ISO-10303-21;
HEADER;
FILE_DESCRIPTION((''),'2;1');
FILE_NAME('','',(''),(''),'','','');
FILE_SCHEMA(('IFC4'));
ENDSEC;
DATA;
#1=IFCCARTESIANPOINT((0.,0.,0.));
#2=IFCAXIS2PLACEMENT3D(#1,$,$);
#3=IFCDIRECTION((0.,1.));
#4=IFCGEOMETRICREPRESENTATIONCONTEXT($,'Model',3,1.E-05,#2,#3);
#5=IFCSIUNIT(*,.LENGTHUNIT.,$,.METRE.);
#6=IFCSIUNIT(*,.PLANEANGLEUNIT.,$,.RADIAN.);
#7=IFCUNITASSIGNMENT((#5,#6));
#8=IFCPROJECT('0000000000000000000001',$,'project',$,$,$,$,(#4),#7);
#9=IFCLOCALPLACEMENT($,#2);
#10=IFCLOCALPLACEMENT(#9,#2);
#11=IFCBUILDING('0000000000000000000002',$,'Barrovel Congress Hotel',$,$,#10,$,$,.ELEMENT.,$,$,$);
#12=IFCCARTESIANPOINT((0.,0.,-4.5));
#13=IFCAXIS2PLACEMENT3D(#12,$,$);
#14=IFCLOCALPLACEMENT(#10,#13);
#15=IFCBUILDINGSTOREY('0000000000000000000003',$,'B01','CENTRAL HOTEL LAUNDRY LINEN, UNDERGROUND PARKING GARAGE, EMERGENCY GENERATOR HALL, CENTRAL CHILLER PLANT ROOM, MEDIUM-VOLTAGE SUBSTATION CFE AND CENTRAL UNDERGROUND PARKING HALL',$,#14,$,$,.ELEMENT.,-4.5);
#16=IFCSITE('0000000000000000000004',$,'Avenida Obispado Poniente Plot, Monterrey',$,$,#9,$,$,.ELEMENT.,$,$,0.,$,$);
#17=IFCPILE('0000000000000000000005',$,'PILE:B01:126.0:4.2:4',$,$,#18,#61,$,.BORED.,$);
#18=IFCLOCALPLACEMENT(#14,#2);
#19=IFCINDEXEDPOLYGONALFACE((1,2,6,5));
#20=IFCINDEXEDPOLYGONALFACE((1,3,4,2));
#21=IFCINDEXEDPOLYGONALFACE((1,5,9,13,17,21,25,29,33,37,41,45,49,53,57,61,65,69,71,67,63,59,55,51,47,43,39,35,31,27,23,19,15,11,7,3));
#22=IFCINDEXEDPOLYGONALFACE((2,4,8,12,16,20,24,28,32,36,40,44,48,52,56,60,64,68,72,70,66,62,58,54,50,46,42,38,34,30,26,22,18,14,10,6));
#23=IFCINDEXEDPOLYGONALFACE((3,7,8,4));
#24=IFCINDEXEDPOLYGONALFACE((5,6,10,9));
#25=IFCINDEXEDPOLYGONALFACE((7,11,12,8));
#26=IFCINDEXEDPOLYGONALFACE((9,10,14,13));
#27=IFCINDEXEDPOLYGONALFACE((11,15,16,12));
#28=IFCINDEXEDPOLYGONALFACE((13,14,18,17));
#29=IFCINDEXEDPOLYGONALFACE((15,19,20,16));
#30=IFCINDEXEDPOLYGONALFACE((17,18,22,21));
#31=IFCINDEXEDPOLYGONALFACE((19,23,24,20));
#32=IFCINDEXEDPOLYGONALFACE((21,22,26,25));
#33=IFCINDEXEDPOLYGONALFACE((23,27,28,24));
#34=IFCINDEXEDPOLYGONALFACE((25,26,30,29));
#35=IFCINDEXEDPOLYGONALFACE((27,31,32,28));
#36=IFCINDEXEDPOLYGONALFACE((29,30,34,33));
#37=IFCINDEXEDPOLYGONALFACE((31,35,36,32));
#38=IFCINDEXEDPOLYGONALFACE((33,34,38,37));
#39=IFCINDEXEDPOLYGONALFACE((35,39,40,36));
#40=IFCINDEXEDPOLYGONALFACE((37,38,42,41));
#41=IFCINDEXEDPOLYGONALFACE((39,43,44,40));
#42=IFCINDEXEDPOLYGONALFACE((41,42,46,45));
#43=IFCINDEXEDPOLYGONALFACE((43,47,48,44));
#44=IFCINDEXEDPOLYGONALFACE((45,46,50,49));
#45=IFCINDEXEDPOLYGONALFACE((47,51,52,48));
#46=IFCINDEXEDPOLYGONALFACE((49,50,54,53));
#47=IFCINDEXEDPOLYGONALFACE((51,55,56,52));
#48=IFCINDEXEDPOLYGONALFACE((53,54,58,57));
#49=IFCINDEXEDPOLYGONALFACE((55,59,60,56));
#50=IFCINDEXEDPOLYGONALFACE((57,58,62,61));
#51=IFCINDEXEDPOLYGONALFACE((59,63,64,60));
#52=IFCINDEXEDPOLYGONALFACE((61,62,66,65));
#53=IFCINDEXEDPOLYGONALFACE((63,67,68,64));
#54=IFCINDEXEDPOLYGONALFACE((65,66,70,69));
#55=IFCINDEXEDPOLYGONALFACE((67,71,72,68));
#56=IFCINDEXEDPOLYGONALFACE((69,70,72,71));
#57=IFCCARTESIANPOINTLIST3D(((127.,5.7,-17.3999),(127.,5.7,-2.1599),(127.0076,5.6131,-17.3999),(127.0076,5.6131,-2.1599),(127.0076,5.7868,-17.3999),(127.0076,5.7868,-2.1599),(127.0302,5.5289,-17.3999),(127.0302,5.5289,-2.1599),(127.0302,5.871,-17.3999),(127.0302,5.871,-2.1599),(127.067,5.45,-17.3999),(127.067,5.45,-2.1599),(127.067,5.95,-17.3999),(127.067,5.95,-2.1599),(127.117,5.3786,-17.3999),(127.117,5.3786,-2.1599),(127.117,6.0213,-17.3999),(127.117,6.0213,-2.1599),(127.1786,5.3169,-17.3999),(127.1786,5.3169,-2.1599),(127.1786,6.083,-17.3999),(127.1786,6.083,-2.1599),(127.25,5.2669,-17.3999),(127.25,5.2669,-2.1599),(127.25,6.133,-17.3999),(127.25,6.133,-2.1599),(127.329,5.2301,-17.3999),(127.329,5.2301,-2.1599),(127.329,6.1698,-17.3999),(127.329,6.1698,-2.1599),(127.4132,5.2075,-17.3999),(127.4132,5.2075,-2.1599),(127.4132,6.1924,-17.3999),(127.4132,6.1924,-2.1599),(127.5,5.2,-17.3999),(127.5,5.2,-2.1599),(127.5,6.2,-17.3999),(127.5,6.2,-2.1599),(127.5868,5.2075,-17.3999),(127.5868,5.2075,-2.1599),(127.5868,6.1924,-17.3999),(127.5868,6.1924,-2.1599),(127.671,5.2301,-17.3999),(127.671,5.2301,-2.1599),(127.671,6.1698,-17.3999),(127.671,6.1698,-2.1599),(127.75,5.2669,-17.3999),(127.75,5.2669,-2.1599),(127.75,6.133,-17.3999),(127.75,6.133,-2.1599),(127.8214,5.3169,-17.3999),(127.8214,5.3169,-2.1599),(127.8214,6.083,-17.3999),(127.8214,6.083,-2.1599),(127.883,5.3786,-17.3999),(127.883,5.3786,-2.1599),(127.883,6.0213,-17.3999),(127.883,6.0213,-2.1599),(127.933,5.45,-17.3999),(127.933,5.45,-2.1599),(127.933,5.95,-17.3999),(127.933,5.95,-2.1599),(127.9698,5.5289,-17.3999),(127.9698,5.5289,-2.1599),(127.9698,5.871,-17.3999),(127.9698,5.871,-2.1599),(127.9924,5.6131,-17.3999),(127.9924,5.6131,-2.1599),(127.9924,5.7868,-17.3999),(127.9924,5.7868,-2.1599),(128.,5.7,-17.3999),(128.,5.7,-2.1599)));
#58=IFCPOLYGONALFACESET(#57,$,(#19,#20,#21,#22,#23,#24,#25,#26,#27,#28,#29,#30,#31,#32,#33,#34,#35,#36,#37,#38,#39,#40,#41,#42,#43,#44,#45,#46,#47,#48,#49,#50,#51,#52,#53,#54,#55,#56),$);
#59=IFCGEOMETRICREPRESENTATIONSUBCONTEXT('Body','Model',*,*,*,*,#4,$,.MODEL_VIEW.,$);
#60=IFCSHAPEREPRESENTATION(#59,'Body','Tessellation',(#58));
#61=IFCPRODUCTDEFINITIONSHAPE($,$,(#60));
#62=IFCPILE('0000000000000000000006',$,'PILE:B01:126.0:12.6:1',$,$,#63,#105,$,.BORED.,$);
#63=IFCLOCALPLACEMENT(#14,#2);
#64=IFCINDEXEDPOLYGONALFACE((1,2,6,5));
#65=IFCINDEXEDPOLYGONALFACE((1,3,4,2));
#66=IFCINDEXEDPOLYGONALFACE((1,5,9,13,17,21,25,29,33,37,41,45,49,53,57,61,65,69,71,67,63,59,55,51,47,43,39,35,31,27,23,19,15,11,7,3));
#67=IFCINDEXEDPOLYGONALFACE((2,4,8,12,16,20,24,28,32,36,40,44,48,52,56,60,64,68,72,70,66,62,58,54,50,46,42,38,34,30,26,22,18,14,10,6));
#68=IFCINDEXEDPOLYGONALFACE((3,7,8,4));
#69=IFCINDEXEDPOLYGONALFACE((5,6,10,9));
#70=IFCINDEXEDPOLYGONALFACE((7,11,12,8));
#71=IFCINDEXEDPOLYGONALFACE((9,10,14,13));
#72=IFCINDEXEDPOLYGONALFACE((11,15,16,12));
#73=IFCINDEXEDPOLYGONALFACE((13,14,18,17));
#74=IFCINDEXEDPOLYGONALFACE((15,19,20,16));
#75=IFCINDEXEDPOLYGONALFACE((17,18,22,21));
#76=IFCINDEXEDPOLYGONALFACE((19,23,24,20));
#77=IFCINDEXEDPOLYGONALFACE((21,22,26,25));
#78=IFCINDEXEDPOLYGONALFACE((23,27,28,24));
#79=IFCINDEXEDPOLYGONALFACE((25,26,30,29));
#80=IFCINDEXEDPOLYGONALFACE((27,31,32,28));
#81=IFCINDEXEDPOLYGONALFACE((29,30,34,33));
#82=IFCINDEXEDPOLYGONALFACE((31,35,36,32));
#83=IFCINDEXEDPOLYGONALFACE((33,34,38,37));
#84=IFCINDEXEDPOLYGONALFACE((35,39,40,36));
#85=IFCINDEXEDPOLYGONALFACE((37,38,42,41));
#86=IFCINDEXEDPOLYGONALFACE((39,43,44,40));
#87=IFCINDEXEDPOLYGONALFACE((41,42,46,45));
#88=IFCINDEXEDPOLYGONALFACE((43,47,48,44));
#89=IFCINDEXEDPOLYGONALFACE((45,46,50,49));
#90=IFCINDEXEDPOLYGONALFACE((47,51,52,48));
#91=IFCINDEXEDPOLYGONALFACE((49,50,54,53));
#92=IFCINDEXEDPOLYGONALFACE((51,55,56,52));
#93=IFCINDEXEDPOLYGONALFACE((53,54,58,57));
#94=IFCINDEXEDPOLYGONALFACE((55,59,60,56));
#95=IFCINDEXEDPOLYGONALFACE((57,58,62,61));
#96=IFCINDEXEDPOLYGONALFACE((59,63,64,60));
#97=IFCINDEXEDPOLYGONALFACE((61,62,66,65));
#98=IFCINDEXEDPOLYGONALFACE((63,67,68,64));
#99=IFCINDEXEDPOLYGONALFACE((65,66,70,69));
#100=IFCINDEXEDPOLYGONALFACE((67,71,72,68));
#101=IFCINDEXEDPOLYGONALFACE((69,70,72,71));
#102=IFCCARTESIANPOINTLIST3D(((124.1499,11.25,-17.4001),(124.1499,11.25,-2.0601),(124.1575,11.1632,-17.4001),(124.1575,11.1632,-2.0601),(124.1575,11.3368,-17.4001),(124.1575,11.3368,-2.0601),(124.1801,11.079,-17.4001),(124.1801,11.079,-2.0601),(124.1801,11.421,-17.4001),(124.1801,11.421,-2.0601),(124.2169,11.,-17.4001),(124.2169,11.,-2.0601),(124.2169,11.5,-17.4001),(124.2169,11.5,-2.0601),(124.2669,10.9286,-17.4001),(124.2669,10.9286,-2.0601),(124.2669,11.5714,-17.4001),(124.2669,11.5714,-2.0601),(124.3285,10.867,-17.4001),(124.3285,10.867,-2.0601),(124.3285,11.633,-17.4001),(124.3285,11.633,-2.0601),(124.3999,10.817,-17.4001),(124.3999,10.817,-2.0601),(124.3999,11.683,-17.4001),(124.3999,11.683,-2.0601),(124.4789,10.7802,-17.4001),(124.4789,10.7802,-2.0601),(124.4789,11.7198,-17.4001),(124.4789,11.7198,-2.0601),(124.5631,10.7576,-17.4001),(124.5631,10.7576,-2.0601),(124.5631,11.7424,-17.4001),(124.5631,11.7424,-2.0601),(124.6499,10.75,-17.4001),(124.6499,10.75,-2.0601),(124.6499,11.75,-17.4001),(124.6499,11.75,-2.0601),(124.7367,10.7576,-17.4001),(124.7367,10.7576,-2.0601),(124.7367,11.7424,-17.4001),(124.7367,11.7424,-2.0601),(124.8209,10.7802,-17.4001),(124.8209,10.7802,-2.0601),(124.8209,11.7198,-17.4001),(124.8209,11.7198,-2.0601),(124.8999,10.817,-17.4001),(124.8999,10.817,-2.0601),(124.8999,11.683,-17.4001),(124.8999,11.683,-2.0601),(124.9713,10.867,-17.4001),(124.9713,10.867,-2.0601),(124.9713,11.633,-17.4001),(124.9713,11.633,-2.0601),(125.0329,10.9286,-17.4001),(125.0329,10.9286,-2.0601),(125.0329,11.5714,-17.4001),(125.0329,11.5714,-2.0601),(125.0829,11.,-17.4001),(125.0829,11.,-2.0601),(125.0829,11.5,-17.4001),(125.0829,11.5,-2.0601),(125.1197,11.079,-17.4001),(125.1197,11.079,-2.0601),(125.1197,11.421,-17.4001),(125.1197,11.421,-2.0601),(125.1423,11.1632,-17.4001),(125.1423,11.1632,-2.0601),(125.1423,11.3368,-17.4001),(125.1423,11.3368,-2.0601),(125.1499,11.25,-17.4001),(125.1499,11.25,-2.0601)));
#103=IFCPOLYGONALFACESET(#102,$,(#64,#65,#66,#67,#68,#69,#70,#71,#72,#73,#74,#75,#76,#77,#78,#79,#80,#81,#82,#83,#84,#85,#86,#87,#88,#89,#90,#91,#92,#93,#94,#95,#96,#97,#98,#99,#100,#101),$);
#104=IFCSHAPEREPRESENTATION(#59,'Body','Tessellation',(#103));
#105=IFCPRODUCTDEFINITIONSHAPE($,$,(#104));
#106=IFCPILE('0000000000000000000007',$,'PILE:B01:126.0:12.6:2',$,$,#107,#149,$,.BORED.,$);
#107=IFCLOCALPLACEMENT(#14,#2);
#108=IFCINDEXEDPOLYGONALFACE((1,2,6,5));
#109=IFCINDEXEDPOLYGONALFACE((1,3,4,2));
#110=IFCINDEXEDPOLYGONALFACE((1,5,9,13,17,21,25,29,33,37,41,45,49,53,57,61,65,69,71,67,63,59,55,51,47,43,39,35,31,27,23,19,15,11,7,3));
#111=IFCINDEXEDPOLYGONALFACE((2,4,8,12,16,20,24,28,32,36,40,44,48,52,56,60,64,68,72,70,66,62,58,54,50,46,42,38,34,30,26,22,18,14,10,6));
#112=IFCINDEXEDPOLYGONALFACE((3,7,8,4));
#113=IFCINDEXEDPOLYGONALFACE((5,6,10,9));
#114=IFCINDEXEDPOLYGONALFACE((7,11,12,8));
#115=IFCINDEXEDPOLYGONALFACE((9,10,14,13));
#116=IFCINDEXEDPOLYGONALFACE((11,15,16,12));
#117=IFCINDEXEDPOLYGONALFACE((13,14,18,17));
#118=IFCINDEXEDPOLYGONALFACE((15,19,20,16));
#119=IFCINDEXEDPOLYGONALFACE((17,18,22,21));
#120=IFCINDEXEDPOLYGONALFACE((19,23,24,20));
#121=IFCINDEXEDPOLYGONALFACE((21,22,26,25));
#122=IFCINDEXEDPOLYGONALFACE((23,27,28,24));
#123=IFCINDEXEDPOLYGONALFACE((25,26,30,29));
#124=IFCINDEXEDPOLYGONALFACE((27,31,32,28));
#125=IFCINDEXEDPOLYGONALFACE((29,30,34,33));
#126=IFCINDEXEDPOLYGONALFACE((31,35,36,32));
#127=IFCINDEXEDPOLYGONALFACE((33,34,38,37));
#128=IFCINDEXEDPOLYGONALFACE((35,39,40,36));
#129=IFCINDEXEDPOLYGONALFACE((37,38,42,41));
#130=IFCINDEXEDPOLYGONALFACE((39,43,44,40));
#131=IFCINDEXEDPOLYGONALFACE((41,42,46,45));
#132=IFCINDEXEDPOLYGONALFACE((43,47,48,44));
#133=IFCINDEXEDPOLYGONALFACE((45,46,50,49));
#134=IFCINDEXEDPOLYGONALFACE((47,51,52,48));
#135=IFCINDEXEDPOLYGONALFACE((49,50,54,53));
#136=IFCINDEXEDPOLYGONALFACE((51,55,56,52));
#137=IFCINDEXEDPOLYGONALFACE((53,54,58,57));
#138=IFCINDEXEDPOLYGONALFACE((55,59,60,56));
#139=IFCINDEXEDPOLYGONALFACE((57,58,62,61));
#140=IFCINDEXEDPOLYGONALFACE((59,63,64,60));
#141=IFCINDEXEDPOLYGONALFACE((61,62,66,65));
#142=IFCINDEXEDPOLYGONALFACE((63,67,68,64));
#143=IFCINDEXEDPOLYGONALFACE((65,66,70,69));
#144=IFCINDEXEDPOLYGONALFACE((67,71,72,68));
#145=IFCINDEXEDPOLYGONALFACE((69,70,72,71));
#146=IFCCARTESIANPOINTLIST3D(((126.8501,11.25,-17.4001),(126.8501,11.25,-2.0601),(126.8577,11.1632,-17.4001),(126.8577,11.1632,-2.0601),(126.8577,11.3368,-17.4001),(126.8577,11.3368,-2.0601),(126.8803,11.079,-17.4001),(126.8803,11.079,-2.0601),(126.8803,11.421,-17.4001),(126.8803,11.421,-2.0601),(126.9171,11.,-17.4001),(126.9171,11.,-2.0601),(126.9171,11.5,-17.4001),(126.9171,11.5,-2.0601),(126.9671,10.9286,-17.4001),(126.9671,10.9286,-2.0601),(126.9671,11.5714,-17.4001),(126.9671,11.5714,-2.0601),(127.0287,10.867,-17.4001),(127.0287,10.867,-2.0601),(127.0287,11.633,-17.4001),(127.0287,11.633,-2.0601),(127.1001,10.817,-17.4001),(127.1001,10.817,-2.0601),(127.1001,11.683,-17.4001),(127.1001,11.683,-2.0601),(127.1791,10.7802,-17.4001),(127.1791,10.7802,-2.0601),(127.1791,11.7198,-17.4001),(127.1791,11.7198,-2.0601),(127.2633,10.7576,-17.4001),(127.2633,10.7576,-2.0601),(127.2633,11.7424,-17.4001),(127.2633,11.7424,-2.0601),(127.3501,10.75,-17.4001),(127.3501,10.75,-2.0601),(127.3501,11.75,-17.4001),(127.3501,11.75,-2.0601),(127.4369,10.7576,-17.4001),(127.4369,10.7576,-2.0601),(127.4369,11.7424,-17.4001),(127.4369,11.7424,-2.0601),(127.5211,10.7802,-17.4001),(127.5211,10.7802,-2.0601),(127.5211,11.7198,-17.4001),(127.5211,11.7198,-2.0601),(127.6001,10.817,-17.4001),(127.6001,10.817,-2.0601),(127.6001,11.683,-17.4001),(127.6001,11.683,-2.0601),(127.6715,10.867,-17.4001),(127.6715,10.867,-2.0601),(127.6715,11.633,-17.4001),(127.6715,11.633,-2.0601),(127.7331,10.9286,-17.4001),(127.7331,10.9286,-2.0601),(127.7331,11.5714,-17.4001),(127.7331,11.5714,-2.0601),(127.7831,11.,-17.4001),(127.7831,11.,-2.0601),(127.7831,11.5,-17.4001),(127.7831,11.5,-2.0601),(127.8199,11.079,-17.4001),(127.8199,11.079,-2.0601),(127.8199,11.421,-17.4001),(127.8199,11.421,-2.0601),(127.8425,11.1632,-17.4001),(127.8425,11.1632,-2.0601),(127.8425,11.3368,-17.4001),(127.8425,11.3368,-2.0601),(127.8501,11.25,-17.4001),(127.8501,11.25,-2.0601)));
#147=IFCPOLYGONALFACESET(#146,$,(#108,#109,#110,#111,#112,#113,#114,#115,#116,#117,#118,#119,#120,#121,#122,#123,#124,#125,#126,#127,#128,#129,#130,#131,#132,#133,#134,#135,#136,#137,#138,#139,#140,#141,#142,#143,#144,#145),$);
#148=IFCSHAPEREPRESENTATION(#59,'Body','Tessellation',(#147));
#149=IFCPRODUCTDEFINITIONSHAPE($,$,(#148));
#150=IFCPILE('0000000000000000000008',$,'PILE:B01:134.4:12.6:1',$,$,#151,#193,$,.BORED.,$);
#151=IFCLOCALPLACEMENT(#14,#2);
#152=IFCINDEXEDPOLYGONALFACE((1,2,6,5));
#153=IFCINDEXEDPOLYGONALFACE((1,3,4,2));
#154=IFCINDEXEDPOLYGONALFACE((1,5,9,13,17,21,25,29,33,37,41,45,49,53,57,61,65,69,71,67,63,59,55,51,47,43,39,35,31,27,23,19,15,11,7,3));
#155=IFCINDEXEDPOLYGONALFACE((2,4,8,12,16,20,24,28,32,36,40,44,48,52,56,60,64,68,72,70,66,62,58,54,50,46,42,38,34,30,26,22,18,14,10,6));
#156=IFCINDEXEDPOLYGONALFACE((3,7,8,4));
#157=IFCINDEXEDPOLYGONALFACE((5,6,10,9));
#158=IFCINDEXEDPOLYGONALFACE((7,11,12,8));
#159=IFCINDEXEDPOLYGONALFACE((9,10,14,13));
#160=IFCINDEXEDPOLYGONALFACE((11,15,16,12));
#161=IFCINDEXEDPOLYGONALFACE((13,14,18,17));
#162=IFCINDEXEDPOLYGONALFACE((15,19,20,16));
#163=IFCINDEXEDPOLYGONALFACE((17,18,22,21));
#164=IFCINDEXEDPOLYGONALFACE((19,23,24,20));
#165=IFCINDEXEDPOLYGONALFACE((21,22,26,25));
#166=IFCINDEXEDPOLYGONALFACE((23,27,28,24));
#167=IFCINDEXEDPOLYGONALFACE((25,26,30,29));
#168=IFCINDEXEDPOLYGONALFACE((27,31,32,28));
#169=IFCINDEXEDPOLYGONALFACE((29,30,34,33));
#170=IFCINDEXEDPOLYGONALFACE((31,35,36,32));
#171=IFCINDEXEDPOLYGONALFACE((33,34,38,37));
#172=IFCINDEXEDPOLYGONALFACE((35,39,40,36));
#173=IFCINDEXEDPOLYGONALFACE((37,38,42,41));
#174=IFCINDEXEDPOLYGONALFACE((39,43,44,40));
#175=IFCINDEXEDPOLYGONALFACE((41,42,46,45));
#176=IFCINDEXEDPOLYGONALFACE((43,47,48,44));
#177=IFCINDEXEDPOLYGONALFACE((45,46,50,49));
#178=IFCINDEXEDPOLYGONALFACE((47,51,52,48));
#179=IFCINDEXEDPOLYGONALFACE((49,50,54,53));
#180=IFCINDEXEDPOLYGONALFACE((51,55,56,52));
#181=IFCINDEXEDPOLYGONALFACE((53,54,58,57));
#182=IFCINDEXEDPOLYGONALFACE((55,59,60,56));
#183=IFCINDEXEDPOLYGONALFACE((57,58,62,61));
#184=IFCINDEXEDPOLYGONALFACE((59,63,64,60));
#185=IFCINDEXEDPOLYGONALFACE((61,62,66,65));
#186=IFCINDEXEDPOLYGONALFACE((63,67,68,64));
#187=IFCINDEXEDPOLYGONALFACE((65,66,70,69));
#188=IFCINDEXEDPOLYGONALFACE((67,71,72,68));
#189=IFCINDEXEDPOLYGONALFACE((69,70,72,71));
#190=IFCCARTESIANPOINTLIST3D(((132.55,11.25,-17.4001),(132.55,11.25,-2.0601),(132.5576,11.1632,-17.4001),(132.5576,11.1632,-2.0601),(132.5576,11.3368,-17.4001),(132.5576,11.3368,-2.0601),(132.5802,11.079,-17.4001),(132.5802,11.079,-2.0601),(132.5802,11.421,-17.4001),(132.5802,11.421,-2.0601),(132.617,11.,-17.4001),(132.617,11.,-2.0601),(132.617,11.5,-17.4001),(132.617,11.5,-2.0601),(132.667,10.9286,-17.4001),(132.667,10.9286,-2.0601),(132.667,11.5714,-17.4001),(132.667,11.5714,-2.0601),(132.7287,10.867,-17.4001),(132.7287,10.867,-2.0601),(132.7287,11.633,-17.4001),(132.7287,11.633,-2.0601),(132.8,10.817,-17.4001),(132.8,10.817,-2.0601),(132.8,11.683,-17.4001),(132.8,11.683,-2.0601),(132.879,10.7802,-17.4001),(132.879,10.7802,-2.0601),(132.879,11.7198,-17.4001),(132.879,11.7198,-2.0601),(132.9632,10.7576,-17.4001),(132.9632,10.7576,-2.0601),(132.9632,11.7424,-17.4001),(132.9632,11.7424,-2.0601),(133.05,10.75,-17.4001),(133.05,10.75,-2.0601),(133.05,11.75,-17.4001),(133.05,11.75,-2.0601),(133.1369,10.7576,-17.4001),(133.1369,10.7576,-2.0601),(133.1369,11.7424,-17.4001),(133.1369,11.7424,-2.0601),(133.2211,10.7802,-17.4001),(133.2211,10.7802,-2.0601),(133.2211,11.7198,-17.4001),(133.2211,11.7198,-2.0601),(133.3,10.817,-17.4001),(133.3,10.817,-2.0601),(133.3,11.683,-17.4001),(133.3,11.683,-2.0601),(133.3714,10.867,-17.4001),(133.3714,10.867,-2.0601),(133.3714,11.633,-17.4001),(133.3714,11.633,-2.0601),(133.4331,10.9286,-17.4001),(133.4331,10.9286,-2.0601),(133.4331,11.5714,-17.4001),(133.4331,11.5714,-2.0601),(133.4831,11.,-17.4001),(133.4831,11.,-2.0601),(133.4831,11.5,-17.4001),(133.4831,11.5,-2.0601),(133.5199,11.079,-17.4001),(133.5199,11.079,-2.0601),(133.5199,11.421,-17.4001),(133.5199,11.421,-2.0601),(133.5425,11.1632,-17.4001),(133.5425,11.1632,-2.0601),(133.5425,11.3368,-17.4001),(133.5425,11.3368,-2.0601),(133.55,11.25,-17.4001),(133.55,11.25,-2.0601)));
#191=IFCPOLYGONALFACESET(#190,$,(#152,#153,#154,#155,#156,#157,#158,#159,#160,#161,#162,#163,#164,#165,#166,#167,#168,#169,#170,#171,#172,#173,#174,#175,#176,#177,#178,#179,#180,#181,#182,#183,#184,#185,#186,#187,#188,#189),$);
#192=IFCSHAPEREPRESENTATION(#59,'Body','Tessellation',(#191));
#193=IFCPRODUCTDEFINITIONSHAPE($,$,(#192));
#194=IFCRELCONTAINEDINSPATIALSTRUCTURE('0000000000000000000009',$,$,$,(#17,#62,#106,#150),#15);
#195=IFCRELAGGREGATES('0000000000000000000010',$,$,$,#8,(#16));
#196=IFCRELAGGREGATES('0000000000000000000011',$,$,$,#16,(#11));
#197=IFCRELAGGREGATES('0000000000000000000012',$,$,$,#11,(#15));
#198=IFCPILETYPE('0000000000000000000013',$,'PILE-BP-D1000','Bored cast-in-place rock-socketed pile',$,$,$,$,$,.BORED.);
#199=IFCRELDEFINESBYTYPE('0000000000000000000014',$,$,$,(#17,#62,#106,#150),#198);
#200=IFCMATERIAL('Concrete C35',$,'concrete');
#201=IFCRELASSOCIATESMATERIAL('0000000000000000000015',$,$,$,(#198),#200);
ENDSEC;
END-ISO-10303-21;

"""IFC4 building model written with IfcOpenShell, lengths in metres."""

from ifc_helpers import new_model, si_unit, direction, frame, origin, origin_2d, place, context, subcontext, project, spatial, circle, extrude, material, material_profile, profile_set, type_object, element, save


model = new_model("IFC4")

# Units and contexts
model_context = context("Model", 3, precision=1e-05, world=origin(), true_north=direction((0.0, 1.0)))
body_context = subcontext(model_context, "Body", "Model", "MODEL_VIEW")
ifc_project = project(units=[si_unit("LENGTHUNIT", "METRE"), si_unit("PLANEANGLEUNIT", "RADIAN")], contexts=[model_context])

# Site, building, storey
site_placement = place(None, origin())
site = spatial("IfcSite", under=ifc_project, at=site_placement, Name="Avenida Obispado Poniente Plot, Monterrey", CompositionType="ELEMENT", RefElevation=0.0)
building_placement = place(site_placement, origin())
building = spatial("IfcBuilding", under=site, at=building_placement, Name="Barrovel Congress Hotel", CompositionType="ELEMENT")
storey_placement = place(building_placement, frame((0.0, 0.0, -4.5)))
storey = spatial("IfcBuildingStorey", under=building, at=storey_placement, Name="B01", Description="CENTRAL HOTEL LAUNDRY LINEN, UNDERGROUND PARKING GARAGE, EMERGENCY GENERATOR HALL, CENTRAL CHILLER PLANT ROOM, MEDIUM-VOLTAGE SUBSTATION CFE AND CENTRAL UNDERGROUND PARKING HALL", CompositionType="ELEMENT", Elevation=-4.5)

# Piles
ifc_material_1 = material(Name="Concrete C35", Category="concrete")
ifc_material_profile_1 = material_profile(ifc_material_1, circle(Radius=0.5, at=origin_2d()), Name="BP-D1000")
ifc_profile_set_1 = profile_set([ifc_material_profile_1], Name="Concrete C35")
pile_type_1 = type_object("IfcPileType", Name="PILE-BP-D1000", Description="Bored cast-in-place rock-socketed pile", PredefinedType="BORED", material=ifc_profile_set_1)
for number, where, z_axis, x_axis, name in (
    (1, (127.5, 5.7, -2.1599), (0.0, 0.0, -1.0), (1.0, 0.0, 0.0), "PILE:B01:126.0:4.2:4"),
):
    element("IfcPile", number, at=place(storey_placement, frame(where, z_axis=z_axis, x_axis=x_axis)), inside=storey, type_object=pile_type_1, Name=name, PredefinedType="BORED", context=body_context, shape_type="SweptSolid", body=[
        extrude(circle(Radius=0.5, at=origin_2d()), origin(), (0.0, 0.0, 1.0), 15.24),
    ])
for number, where, z_axis, x_axis, name in (
    (2, (124.6499, 11.25, -2.0601), (0.0, 0.0, -1.0), (1.0, 0.0, 0.0), "PILE:B01:126.0:12.6:1"),
    (3, (127.3501, 11.25, -2.0601), (0.0, 0.0, -1.0), (1.0, 0.0, 0.0), "PILE:B01:126.0:12.6:2"),
    (4, (133.05, 11.25, -2.0601), (0.0, 0.0, -1.0), (1.0, 0.0, 0.0), "PILE:B01:134.4:12.6:1"),
):
    element("IfcPile", number, at=place(storey_placement, frame(where, z_axis=z_axis, x_axis=x_axis)), inside=storey, type_object=pile_type_1, Name=name, PredefinedType="BORED", context=body_context, shape_type="SweptSolid", body=[
        extrude(circle(Radius=0.5, at=origin_2d()), origin(), (0.0, 0.0, 1.0), 15.3401),
    ])

save(model, "model.ifc")
